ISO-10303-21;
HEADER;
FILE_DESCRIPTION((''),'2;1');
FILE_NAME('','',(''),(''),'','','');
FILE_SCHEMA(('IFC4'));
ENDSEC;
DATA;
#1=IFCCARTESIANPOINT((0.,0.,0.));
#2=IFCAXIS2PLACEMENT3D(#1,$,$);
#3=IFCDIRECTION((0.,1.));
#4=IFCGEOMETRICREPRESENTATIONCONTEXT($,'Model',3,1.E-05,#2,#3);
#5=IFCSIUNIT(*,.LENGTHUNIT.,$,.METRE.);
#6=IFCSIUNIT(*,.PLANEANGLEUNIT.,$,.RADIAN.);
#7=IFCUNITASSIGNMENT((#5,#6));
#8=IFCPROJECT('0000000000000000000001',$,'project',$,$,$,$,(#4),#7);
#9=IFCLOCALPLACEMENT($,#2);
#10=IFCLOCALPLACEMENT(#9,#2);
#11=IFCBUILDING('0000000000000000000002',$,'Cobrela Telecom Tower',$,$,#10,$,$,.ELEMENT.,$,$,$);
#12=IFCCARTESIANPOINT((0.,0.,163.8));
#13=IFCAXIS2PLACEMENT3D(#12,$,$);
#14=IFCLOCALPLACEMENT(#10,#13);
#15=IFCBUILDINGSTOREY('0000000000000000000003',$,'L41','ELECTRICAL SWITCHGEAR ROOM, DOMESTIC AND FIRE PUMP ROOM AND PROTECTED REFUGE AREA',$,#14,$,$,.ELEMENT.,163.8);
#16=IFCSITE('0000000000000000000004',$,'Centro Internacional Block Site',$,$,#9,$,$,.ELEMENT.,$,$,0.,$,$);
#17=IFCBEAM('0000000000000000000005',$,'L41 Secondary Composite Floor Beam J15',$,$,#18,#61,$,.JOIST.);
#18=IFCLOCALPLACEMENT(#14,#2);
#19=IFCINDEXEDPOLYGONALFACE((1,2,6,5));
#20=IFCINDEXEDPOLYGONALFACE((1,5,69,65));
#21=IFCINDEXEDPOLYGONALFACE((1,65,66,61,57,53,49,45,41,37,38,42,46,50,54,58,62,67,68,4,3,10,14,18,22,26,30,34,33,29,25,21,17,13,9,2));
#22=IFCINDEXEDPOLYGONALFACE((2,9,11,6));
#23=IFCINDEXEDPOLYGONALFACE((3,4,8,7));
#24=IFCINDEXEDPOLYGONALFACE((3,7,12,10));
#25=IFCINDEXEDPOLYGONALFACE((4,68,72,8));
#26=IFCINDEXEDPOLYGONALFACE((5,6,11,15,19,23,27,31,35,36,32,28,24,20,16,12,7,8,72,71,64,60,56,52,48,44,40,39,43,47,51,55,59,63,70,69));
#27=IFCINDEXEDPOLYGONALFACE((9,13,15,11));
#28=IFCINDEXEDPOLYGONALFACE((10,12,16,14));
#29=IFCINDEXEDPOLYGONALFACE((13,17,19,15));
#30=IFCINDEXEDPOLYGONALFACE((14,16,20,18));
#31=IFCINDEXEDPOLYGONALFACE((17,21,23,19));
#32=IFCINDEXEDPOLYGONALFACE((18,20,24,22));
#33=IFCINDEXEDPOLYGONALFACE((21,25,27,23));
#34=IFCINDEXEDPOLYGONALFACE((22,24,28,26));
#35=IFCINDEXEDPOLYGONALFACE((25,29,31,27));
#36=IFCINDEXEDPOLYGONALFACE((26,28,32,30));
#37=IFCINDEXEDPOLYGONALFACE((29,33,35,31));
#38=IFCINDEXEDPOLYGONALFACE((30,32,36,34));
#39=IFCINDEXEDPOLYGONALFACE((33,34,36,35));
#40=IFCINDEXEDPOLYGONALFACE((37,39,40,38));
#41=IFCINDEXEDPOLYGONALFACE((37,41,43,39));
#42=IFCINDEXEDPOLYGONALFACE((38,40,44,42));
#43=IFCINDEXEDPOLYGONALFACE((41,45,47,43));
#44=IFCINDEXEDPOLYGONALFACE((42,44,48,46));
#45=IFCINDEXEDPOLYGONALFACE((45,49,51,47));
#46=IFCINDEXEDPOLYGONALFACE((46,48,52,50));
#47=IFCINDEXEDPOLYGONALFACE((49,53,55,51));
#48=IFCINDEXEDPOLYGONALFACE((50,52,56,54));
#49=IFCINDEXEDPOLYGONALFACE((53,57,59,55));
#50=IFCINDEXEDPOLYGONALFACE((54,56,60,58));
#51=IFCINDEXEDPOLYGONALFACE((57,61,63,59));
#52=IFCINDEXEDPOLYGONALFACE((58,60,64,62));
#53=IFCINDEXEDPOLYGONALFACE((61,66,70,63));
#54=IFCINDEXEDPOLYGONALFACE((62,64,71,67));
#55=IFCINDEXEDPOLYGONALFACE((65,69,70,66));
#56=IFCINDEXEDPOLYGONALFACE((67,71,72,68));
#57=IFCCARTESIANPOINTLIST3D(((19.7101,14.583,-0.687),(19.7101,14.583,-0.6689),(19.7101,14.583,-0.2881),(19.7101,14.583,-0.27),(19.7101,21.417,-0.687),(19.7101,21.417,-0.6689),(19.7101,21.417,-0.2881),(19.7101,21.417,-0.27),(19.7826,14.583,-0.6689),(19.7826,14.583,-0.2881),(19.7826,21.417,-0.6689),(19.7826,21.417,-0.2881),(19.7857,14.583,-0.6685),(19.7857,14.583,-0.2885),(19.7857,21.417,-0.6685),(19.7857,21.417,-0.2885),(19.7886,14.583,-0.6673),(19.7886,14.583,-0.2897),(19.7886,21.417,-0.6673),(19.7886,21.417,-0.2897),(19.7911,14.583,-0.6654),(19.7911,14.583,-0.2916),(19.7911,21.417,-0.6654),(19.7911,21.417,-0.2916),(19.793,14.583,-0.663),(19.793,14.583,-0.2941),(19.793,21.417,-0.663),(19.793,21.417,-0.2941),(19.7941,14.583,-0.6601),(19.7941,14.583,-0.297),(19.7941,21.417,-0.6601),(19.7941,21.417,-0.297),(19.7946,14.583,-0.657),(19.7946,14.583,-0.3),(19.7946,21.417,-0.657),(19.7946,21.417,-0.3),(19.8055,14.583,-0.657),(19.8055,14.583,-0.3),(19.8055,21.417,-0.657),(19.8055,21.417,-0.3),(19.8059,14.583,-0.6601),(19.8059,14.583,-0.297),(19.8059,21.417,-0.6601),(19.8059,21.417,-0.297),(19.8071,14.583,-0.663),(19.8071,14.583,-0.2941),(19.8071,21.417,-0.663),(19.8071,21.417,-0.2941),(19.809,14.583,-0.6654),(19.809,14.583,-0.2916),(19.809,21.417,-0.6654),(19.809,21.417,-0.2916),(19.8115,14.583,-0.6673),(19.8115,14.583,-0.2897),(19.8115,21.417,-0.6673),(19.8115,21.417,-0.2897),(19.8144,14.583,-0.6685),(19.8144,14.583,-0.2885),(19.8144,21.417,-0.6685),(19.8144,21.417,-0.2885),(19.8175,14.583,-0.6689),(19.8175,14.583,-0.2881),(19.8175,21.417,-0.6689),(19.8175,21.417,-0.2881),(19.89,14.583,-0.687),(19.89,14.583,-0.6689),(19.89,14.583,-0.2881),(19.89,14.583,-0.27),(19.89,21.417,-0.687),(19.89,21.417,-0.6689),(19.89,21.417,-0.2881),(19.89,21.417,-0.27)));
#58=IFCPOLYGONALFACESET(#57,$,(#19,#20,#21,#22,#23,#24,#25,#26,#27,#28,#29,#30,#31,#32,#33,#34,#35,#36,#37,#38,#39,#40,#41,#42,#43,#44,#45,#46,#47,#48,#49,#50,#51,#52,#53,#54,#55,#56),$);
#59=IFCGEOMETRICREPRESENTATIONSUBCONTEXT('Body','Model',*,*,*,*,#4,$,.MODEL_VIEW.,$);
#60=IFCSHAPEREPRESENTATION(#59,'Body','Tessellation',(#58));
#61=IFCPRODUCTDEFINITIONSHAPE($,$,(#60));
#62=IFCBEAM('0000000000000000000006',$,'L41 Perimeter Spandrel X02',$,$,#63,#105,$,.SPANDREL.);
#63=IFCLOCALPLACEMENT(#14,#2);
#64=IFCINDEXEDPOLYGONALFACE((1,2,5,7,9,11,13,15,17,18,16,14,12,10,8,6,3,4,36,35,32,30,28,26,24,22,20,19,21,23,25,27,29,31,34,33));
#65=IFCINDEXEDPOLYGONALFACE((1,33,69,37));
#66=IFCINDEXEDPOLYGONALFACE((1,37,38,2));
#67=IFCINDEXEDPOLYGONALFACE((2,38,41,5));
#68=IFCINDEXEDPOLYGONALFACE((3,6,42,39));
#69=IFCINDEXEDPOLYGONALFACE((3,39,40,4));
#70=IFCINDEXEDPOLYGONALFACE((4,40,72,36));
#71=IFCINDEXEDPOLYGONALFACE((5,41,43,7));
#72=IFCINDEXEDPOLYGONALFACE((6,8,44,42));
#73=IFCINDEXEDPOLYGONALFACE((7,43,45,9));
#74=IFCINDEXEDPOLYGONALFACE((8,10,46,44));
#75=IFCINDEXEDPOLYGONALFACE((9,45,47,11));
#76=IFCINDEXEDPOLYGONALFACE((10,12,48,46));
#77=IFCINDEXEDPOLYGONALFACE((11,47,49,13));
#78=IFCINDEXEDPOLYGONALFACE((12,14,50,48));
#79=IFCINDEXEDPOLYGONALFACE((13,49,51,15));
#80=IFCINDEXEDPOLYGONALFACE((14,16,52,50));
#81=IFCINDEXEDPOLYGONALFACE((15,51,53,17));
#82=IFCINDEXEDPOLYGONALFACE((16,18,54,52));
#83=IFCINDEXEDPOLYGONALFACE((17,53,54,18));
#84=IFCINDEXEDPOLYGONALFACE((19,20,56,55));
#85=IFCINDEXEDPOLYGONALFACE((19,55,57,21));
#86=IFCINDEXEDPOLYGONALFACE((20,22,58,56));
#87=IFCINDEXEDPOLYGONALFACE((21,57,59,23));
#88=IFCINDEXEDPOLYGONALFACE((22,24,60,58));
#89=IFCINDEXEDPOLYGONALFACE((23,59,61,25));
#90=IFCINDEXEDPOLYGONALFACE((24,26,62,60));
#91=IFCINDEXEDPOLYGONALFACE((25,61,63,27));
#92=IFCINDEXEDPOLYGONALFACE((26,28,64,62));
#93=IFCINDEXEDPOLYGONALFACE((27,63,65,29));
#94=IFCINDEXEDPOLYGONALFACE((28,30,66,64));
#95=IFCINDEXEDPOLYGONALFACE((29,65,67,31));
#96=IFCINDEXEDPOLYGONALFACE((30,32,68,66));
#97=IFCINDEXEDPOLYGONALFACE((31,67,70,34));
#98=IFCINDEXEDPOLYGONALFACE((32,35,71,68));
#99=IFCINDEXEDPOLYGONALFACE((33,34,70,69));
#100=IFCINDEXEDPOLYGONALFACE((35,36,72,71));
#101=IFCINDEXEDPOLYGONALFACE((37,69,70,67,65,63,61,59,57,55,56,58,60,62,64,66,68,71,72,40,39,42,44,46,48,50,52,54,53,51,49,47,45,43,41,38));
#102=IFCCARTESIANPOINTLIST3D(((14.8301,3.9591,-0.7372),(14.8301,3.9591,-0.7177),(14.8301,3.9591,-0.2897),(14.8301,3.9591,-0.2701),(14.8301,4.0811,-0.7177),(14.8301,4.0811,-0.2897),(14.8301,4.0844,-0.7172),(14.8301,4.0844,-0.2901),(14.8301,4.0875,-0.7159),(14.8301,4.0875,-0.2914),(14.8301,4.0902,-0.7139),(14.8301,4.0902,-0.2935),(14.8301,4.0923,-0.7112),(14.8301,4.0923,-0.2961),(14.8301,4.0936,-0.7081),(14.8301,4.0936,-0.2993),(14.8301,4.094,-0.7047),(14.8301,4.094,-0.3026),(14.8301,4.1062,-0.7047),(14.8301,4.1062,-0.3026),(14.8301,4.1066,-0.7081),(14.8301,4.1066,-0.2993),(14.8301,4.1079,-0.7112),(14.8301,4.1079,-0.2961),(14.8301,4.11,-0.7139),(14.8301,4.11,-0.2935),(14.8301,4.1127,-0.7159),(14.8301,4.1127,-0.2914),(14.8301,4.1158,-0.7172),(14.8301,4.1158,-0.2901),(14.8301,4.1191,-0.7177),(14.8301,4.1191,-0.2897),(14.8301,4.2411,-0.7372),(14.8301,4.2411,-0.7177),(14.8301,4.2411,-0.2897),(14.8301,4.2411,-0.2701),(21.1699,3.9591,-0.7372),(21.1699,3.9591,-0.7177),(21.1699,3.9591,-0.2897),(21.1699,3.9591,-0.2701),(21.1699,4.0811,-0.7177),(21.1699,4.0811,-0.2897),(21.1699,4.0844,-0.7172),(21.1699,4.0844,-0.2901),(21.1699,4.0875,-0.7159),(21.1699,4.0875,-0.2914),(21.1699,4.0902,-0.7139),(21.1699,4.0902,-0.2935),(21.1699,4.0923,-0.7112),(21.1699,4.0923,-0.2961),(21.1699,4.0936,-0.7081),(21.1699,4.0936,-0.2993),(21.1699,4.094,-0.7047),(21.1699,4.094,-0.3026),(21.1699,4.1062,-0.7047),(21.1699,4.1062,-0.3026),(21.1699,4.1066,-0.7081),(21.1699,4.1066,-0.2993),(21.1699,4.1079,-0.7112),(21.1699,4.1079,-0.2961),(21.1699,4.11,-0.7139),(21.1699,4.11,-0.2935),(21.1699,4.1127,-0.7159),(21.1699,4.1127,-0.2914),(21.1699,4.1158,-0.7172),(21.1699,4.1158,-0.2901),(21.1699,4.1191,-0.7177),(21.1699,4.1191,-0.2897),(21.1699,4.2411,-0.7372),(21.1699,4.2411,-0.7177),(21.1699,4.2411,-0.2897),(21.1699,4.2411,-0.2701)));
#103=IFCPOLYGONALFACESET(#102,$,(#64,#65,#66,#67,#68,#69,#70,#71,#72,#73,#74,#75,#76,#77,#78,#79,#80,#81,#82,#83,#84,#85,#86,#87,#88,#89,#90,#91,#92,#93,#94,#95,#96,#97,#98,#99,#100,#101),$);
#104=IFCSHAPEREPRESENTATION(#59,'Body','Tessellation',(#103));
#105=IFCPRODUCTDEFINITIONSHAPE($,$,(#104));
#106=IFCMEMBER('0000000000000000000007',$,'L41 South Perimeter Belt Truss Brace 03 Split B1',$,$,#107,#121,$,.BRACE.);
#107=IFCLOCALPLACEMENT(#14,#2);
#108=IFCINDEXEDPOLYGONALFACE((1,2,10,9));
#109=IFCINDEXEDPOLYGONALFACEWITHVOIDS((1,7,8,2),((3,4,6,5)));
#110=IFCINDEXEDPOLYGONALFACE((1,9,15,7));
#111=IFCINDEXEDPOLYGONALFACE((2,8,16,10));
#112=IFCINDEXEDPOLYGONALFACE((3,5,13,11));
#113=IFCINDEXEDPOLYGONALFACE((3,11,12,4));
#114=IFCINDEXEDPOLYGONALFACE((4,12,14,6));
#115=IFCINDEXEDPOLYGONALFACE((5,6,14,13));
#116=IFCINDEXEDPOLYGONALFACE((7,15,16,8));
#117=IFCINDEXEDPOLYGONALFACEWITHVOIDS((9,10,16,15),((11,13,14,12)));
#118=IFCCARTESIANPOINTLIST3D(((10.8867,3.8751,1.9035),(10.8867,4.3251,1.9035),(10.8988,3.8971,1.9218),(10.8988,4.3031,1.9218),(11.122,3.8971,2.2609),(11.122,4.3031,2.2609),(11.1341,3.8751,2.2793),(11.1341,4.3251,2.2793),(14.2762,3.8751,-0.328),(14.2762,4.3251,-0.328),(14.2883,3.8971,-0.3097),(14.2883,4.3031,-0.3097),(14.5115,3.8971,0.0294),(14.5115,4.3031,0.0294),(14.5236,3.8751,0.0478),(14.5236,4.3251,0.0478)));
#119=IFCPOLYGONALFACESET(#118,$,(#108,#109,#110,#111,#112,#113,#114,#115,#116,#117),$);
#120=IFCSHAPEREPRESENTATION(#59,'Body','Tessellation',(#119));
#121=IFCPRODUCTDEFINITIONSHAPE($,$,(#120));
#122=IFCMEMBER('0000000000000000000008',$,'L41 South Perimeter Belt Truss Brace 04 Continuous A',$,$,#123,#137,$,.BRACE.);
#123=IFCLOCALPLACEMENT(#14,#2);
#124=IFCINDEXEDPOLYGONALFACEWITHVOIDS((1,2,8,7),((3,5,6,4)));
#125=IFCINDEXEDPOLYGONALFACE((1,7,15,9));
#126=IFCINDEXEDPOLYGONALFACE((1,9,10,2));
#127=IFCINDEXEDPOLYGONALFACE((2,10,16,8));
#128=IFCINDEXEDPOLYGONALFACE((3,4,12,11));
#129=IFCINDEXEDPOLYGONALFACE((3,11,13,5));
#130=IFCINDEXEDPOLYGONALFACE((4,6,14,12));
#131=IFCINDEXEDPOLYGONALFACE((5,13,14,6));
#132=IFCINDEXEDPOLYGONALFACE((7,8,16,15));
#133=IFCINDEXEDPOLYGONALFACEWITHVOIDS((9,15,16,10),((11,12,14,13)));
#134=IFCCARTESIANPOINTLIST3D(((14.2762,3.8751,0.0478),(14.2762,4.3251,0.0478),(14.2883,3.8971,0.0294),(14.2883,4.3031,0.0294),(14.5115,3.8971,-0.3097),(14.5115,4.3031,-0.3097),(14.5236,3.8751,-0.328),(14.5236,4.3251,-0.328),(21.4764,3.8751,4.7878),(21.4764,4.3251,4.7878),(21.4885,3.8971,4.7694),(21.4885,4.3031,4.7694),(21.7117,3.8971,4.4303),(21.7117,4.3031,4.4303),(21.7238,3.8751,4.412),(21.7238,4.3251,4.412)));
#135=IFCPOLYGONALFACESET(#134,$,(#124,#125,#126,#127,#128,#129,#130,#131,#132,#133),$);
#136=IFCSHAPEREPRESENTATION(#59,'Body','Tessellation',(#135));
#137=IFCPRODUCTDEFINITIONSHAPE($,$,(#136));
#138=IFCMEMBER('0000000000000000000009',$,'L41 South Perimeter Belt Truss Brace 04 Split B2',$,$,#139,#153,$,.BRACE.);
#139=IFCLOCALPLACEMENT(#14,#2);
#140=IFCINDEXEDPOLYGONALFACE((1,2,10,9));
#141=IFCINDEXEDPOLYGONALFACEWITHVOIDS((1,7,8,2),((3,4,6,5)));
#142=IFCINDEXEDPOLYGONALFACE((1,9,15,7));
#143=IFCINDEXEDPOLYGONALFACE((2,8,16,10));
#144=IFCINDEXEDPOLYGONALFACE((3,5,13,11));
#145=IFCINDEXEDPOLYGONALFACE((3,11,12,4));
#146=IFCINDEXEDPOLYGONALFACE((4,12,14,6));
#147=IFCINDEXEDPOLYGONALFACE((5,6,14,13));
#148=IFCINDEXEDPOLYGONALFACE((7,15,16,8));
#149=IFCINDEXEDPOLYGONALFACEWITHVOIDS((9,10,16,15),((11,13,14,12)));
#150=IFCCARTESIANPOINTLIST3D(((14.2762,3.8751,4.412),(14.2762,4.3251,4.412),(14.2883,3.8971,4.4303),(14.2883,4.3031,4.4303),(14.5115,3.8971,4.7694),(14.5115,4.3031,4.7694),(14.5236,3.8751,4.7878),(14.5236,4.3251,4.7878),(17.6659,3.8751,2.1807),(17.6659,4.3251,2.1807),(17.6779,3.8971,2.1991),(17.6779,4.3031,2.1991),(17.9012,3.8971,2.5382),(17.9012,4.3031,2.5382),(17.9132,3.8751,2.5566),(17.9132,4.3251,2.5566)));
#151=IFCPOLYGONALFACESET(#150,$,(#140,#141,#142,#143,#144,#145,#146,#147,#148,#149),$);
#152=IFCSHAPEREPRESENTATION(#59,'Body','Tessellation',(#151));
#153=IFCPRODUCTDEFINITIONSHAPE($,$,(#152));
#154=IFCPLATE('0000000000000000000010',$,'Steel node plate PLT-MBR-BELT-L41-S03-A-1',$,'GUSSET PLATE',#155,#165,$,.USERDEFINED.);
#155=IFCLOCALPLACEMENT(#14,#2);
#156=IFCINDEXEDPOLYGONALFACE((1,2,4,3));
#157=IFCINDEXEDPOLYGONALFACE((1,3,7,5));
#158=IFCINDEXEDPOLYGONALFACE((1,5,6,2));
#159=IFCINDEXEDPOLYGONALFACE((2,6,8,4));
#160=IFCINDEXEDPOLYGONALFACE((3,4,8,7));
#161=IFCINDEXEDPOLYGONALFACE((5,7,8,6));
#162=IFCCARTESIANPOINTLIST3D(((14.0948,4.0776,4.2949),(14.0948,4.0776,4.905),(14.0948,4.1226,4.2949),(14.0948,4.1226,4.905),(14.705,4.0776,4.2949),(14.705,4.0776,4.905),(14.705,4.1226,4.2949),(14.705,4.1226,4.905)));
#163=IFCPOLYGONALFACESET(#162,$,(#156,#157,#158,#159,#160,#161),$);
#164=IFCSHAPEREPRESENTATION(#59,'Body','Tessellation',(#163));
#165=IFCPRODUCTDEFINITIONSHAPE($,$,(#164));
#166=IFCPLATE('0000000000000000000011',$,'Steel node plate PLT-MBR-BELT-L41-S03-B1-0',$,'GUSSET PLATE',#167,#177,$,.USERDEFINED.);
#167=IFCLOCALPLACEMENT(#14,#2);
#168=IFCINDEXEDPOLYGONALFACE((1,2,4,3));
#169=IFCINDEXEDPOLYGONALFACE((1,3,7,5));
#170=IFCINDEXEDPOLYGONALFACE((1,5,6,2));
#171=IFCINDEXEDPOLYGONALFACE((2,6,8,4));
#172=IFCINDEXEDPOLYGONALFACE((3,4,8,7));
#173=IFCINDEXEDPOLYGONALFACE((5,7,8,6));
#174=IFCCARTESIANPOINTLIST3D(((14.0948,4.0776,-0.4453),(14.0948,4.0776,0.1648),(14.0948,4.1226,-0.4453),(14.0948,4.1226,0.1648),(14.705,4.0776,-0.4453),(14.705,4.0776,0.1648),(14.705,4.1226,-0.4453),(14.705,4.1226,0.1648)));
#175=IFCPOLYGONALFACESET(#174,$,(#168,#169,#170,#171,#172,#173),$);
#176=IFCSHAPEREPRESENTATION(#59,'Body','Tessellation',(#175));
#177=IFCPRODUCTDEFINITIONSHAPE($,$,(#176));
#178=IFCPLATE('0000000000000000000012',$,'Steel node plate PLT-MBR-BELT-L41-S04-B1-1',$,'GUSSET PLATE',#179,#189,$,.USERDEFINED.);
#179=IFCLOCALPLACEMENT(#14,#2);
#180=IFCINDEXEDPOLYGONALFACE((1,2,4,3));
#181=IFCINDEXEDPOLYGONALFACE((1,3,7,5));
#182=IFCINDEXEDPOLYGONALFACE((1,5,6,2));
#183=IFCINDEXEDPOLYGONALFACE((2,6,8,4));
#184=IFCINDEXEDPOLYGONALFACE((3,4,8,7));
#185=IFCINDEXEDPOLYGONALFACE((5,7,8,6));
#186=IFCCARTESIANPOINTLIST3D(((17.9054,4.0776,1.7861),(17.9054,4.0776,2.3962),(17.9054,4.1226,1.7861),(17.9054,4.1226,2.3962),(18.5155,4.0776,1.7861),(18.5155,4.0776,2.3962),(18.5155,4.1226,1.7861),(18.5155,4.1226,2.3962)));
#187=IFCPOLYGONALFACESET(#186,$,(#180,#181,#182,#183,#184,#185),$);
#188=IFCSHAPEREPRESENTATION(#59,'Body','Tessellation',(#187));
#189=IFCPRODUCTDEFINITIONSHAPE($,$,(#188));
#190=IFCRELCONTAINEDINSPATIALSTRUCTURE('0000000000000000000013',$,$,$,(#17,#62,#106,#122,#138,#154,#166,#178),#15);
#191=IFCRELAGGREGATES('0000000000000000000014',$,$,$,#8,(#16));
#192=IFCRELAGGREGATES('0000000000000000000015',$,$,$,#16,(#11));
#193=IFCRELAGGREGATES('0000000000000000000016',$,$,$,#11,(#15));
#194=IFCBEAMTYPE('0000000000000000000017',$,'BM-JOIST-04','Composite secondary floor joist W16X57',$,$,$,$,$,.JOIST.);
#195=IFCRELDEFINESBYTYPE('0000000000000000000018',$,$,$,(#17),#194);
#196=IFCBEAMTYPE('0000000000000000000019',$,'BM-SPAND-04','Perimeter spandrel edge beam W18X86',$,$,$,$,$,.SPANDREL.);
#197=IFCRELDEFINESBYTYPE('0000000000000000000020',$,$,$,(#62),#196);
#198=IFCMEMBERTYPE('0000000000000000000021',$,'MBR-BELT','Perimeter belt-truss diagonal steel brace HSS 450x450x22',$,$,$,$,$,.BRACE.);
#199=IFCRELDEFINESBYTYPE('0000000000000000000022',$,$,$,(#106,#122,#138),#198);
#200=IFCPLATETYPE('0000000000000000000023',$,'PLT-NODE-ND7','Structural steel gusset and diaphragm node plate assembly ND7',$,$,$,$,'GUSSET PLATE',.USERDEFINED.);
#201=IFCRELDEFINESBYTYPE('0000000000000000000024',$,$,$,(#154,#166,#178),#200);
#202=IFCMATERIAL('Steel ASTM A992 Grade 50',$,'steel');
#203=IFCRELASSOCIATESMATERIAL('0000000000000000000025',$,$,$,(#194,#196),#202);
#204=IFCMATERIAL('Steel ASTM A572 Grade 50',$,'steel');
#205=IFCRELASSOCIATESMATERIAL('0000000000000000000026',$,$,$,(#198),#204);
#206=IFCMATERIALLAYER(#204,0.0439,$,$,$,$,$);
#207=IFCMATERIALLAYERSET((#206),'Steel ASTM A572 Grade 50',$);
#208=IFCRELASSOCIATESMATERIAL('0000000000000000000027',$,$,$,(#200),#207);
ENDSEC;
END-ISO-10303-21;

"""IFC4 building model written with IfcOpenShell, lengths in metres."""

from ifc_helpers import new_model, si_unit, direction, frame, origin, origin_2d, place, context, subcontext, project, spatial, rectangle, hollow_rectangle, i_section, extrude, material, layer, layer_set, material_profile, profile_set, type_object, element, save


model = new_model("IFC4")

# Units and contexts
model_context = context("Model", 3, precision=1e-05, world=origin(), true_north=direction((0.0, 1.0)))
body_context = subcontext(model_context, "Body", "Model", "MODEL_VIEW")
ifc_project = project(units=[si_unit("LENGTHUNIT", "METRE"), si_unit("PLANEANGLEUNIT", "RADIAN")], contexts=[model_context])

# Site, building, storey
site_placement = place(None, origin())
site = spatial("IfcSite", under=ifc_project, at=site_placement, Name="Centro Internacional Block Site", CompositionType="ELEMENT", RefElevation=0.0)
building_placement = place(site_placement, origin())
building = spatial("IfcBuilding", under=site, at=building_placement, Name="Cobrela Telecom Tower", CompositionType="ELEMENT")
storey_placement = place(building_placement, frame((0.0, 0.0, 163.8)))
storey = spatial("IfcBuildingStorey", under=building, at=storey_placement, Name="L41", Description="ELECTRICAL SWITCHGEAR ROOM, DOMESTIC AND FIRE PUMP ROOM AND PROTECTED REFUGE AREA", CompositionType="ELEMENT", Elevation=163.8)

# Shared definitions
ifc_material_1 = material(Name="Steel ASTM A572 Grade 50", Category="steel")

# Beams
ifc_material_2 = material(Name="Steel ASTM A992 Grade 50", Category="steel")
ifc_material_profile_1 = material_profile(ifc_material_2, i_section(OverallWidth=0.1799, OverallDepth=0.417, WebThickness=0.011, FlangeThickness=0.0181, FilletRadius=0.012, at=origin_2d()), Name="W16X57")
ifc_profile_set_1 = profile_set([ifc_material_profile_1], Name="Steel ASTM A992 Grade 50")
beam_type_1 = type_object("IfcBeamType", Name="BM-JOIST-04", Description="Composite secondary floor joist W16X57", PredefinedType="JOIST", material=ifc_profile_set_1)
for number, where, z_axis, x_axis, name in (
    (1, (19.8, 14.583, -0.4785), (0.0, 1.0, 0.0), (-1.0, 0.0, 0.0), "L41 Secondary Composite Floor Beam J15"),
):
    element("IfcBeam", number, at=place(storey_placement, frame(where, z_axis=z_axis, x_axis=x_axis)), inside=storey, type_object=beam_type_1, Name=name, PredefinedType="JOIST", context=body_context, shape_type="SweptSolid", body=[
        extrude(i_section(OverallWidth=0.1799, OverallDepth=0.417, WebThickness=0.011, FlangeThickness=0.0181, FilletRadius=0.012, at=origin_2d()), origin(), (0.0, 0.0, 1.0), 6.834),
    ])
ifc_material_profile_2 = material_profile(ifc_material_2, i_section(OverallWidth=0.282, OverallDepth=0.467, WebThickness=0.0122, FlangeThickness=0.0195, FilletRadius=0.0129, at=origin_2d()), Name="W18X86")
ifc_profile_set_2 = profile_set([ifc_material_profile_2], Name="Steel ASTM A992 Grade 50")
beam_type_2 = type_object("IfcBeamType", Name="BM-SPAND-04", Description="Perimeter spandrel edge beam W18X86", PredefinedType="SPANDREL", material=ifc_profile_set_2)
beam_1_placement = place(storey_placement, frame((14.8301, 4.1001, -0.5037), z_axis=(1.0, 0.0, 0.0), x_axis=(0.0, 1.0, 0.0)))
element("IfcBeam", 2, at=beam_1_placement, inside=storey, type_object=beam_type_2, Name="L41 Perimeter Spandrel X02", PredefinedType="SPANDREL", context=body_context, shape_type="SweptSolid", body=[
    extrude(i_section(OverallWidth=0.282, OverallDepth=0.467, WebThickness=0.0122, FlangeThickness=0.0195, FilletRadius=0.0129, at=origin_2d()), origin(), (0.0, 0.0, 1.0), 6.3398),
])

# Members
ifc_material_profile_3 = material_profile(ifc_material_1, hollow_rectangle(XDim=0.45, YDim=0.45, WallThickness=0.022, at=origin_2d()), Name="HSS 450x450x22")
ifc_profile_set_3 = profile_set([ifc_material_profile_3], Name="Steel ASTM A572 Grade 50")
member_type = type_object("IfcMemberType", Name="MBR-BELT", Description="Perimeter belt-truss diagonal steel brace HSS 450x450x22", PredefinedType="BRACE", material=ifc_profile_set_3)
member_1_placement = place(storey_placement, frame((14.3999, 4.1001, -0.1401), z_axis=(-0.835239, 0.0, 0.549887), x_axis=(0.0, -1.0, 0.0)))
element("IfcMember", 3, at=member_1_placement, inside=storey, type_object=member_type, Name="L41 South Perimeter Belt Truss Brace 03 Split B1", PredefinedType="BRACE", context=body_context, shape_type="SweptSolid", body=[
    extrude(hollow_rectangle(XDim=0.45, YDim=0.45, WallThickness=0.022, at=origin_2d()), origin(), (0.0, 0.0, 1.0), 4.0581),
])
member_2_placement = place(storey_placement, frame((14.3999, 4.1001, -0.1401), z_axis=(0.835256, 0.0, 0.549861), x_axis=(0.0, 1.0, 0.0)))
element("IfcMember", 4, at=member_2_placement, inside=storey, type_object=member_type, Name="L41 South Perimeter Belt Truss Brace 04 Continuous A", PredefinedType="BRACE", context=body_context, shape_type="SweptSolid", body=[
    extrude(hollow_rectangle(XDim=0.45, YDim=0.45, WallThickness=0.022, at=origin_2d()), origin(), (0.0, 0.0, 1.0), 8.6204),
])
member_3_placement = place(storey_placement, frame((17.7896, 4.1001, 2.3687), z_axis=(-0.835285, 0.0, 0.549818), x_axis=(0.0, -1.0, 0.0)))
element("IfcMember", 5, at=member_3_placement, inside=storey, type_object=member_type, Name="L41 South Perimeter Belt Truss Brace 04 Split B2", PredefinedType="BRACE", context=body_context, shape_type="SweptSolid", body=[
    extrude(hollow_rectangle(XDim=0.45, YDim=0.45, WallThickness=0.022, at=origin_2d()), origin(), (0.0, 0.0, 1.0), 4.0581),
])

# Plates
ifc_layer_1 = layer(ifc_material_1, 0.0439)
ifc_layer_set_1 = layer_set([ifc_layer_1], Name="Steel ASTM A572 Grade 50")
plate_type = type_object("IfcPlateType", Name="PLT-NODE-ND7", Description="Structural steel gusset and diaphragm node plate assembly ND7", ElementType="GUSSET PLATE", PredefinedType="USERDEFINED", material=ifc_layer_set_1)
for number, where, z_axis, x_axis, name in (
    (6, (14.3999, 4.1001, 4.2949), (0.0, 0.0, 1.0), (1.0, 0.0, 0.0), "Steel node plate PLT-MBR-BELT-L41-S03-A-1"),
    (7, (14.3999, 4.1001, -0.4453), (0.0, 0.0, 1.0), (-1.0, 0.0, 0.0), "Steel node plate PLT-MBR-BELT-L41-S03-B1-0"),
    (8, (18.2104, 4.1001, 1.7861), (0.0, 0.0, 1.0), (-1.0, 0.0, 0.0), "Steel node plate PLT-MBR-BELT-L41-S04-B1-1"),
):
    element("IfcPlate", number, at=place(storey_placement, frame(where, z_axis=z_axis, x_axis=x_axis)), inside=storey, type_object=plate_type, Name=name, ObjectType="GUSSET PLATE", PredefinedType="USERDEFINED", context=body_context, shape_type="SweptSolid", body=[
        extrude(rectangle(XDim=0.6101, YDim=0.0449, at=origin_2d()), origin(), (0.0, 0.0, 1.0), 0.6101),
    ])

save(model, "model.ifc")
